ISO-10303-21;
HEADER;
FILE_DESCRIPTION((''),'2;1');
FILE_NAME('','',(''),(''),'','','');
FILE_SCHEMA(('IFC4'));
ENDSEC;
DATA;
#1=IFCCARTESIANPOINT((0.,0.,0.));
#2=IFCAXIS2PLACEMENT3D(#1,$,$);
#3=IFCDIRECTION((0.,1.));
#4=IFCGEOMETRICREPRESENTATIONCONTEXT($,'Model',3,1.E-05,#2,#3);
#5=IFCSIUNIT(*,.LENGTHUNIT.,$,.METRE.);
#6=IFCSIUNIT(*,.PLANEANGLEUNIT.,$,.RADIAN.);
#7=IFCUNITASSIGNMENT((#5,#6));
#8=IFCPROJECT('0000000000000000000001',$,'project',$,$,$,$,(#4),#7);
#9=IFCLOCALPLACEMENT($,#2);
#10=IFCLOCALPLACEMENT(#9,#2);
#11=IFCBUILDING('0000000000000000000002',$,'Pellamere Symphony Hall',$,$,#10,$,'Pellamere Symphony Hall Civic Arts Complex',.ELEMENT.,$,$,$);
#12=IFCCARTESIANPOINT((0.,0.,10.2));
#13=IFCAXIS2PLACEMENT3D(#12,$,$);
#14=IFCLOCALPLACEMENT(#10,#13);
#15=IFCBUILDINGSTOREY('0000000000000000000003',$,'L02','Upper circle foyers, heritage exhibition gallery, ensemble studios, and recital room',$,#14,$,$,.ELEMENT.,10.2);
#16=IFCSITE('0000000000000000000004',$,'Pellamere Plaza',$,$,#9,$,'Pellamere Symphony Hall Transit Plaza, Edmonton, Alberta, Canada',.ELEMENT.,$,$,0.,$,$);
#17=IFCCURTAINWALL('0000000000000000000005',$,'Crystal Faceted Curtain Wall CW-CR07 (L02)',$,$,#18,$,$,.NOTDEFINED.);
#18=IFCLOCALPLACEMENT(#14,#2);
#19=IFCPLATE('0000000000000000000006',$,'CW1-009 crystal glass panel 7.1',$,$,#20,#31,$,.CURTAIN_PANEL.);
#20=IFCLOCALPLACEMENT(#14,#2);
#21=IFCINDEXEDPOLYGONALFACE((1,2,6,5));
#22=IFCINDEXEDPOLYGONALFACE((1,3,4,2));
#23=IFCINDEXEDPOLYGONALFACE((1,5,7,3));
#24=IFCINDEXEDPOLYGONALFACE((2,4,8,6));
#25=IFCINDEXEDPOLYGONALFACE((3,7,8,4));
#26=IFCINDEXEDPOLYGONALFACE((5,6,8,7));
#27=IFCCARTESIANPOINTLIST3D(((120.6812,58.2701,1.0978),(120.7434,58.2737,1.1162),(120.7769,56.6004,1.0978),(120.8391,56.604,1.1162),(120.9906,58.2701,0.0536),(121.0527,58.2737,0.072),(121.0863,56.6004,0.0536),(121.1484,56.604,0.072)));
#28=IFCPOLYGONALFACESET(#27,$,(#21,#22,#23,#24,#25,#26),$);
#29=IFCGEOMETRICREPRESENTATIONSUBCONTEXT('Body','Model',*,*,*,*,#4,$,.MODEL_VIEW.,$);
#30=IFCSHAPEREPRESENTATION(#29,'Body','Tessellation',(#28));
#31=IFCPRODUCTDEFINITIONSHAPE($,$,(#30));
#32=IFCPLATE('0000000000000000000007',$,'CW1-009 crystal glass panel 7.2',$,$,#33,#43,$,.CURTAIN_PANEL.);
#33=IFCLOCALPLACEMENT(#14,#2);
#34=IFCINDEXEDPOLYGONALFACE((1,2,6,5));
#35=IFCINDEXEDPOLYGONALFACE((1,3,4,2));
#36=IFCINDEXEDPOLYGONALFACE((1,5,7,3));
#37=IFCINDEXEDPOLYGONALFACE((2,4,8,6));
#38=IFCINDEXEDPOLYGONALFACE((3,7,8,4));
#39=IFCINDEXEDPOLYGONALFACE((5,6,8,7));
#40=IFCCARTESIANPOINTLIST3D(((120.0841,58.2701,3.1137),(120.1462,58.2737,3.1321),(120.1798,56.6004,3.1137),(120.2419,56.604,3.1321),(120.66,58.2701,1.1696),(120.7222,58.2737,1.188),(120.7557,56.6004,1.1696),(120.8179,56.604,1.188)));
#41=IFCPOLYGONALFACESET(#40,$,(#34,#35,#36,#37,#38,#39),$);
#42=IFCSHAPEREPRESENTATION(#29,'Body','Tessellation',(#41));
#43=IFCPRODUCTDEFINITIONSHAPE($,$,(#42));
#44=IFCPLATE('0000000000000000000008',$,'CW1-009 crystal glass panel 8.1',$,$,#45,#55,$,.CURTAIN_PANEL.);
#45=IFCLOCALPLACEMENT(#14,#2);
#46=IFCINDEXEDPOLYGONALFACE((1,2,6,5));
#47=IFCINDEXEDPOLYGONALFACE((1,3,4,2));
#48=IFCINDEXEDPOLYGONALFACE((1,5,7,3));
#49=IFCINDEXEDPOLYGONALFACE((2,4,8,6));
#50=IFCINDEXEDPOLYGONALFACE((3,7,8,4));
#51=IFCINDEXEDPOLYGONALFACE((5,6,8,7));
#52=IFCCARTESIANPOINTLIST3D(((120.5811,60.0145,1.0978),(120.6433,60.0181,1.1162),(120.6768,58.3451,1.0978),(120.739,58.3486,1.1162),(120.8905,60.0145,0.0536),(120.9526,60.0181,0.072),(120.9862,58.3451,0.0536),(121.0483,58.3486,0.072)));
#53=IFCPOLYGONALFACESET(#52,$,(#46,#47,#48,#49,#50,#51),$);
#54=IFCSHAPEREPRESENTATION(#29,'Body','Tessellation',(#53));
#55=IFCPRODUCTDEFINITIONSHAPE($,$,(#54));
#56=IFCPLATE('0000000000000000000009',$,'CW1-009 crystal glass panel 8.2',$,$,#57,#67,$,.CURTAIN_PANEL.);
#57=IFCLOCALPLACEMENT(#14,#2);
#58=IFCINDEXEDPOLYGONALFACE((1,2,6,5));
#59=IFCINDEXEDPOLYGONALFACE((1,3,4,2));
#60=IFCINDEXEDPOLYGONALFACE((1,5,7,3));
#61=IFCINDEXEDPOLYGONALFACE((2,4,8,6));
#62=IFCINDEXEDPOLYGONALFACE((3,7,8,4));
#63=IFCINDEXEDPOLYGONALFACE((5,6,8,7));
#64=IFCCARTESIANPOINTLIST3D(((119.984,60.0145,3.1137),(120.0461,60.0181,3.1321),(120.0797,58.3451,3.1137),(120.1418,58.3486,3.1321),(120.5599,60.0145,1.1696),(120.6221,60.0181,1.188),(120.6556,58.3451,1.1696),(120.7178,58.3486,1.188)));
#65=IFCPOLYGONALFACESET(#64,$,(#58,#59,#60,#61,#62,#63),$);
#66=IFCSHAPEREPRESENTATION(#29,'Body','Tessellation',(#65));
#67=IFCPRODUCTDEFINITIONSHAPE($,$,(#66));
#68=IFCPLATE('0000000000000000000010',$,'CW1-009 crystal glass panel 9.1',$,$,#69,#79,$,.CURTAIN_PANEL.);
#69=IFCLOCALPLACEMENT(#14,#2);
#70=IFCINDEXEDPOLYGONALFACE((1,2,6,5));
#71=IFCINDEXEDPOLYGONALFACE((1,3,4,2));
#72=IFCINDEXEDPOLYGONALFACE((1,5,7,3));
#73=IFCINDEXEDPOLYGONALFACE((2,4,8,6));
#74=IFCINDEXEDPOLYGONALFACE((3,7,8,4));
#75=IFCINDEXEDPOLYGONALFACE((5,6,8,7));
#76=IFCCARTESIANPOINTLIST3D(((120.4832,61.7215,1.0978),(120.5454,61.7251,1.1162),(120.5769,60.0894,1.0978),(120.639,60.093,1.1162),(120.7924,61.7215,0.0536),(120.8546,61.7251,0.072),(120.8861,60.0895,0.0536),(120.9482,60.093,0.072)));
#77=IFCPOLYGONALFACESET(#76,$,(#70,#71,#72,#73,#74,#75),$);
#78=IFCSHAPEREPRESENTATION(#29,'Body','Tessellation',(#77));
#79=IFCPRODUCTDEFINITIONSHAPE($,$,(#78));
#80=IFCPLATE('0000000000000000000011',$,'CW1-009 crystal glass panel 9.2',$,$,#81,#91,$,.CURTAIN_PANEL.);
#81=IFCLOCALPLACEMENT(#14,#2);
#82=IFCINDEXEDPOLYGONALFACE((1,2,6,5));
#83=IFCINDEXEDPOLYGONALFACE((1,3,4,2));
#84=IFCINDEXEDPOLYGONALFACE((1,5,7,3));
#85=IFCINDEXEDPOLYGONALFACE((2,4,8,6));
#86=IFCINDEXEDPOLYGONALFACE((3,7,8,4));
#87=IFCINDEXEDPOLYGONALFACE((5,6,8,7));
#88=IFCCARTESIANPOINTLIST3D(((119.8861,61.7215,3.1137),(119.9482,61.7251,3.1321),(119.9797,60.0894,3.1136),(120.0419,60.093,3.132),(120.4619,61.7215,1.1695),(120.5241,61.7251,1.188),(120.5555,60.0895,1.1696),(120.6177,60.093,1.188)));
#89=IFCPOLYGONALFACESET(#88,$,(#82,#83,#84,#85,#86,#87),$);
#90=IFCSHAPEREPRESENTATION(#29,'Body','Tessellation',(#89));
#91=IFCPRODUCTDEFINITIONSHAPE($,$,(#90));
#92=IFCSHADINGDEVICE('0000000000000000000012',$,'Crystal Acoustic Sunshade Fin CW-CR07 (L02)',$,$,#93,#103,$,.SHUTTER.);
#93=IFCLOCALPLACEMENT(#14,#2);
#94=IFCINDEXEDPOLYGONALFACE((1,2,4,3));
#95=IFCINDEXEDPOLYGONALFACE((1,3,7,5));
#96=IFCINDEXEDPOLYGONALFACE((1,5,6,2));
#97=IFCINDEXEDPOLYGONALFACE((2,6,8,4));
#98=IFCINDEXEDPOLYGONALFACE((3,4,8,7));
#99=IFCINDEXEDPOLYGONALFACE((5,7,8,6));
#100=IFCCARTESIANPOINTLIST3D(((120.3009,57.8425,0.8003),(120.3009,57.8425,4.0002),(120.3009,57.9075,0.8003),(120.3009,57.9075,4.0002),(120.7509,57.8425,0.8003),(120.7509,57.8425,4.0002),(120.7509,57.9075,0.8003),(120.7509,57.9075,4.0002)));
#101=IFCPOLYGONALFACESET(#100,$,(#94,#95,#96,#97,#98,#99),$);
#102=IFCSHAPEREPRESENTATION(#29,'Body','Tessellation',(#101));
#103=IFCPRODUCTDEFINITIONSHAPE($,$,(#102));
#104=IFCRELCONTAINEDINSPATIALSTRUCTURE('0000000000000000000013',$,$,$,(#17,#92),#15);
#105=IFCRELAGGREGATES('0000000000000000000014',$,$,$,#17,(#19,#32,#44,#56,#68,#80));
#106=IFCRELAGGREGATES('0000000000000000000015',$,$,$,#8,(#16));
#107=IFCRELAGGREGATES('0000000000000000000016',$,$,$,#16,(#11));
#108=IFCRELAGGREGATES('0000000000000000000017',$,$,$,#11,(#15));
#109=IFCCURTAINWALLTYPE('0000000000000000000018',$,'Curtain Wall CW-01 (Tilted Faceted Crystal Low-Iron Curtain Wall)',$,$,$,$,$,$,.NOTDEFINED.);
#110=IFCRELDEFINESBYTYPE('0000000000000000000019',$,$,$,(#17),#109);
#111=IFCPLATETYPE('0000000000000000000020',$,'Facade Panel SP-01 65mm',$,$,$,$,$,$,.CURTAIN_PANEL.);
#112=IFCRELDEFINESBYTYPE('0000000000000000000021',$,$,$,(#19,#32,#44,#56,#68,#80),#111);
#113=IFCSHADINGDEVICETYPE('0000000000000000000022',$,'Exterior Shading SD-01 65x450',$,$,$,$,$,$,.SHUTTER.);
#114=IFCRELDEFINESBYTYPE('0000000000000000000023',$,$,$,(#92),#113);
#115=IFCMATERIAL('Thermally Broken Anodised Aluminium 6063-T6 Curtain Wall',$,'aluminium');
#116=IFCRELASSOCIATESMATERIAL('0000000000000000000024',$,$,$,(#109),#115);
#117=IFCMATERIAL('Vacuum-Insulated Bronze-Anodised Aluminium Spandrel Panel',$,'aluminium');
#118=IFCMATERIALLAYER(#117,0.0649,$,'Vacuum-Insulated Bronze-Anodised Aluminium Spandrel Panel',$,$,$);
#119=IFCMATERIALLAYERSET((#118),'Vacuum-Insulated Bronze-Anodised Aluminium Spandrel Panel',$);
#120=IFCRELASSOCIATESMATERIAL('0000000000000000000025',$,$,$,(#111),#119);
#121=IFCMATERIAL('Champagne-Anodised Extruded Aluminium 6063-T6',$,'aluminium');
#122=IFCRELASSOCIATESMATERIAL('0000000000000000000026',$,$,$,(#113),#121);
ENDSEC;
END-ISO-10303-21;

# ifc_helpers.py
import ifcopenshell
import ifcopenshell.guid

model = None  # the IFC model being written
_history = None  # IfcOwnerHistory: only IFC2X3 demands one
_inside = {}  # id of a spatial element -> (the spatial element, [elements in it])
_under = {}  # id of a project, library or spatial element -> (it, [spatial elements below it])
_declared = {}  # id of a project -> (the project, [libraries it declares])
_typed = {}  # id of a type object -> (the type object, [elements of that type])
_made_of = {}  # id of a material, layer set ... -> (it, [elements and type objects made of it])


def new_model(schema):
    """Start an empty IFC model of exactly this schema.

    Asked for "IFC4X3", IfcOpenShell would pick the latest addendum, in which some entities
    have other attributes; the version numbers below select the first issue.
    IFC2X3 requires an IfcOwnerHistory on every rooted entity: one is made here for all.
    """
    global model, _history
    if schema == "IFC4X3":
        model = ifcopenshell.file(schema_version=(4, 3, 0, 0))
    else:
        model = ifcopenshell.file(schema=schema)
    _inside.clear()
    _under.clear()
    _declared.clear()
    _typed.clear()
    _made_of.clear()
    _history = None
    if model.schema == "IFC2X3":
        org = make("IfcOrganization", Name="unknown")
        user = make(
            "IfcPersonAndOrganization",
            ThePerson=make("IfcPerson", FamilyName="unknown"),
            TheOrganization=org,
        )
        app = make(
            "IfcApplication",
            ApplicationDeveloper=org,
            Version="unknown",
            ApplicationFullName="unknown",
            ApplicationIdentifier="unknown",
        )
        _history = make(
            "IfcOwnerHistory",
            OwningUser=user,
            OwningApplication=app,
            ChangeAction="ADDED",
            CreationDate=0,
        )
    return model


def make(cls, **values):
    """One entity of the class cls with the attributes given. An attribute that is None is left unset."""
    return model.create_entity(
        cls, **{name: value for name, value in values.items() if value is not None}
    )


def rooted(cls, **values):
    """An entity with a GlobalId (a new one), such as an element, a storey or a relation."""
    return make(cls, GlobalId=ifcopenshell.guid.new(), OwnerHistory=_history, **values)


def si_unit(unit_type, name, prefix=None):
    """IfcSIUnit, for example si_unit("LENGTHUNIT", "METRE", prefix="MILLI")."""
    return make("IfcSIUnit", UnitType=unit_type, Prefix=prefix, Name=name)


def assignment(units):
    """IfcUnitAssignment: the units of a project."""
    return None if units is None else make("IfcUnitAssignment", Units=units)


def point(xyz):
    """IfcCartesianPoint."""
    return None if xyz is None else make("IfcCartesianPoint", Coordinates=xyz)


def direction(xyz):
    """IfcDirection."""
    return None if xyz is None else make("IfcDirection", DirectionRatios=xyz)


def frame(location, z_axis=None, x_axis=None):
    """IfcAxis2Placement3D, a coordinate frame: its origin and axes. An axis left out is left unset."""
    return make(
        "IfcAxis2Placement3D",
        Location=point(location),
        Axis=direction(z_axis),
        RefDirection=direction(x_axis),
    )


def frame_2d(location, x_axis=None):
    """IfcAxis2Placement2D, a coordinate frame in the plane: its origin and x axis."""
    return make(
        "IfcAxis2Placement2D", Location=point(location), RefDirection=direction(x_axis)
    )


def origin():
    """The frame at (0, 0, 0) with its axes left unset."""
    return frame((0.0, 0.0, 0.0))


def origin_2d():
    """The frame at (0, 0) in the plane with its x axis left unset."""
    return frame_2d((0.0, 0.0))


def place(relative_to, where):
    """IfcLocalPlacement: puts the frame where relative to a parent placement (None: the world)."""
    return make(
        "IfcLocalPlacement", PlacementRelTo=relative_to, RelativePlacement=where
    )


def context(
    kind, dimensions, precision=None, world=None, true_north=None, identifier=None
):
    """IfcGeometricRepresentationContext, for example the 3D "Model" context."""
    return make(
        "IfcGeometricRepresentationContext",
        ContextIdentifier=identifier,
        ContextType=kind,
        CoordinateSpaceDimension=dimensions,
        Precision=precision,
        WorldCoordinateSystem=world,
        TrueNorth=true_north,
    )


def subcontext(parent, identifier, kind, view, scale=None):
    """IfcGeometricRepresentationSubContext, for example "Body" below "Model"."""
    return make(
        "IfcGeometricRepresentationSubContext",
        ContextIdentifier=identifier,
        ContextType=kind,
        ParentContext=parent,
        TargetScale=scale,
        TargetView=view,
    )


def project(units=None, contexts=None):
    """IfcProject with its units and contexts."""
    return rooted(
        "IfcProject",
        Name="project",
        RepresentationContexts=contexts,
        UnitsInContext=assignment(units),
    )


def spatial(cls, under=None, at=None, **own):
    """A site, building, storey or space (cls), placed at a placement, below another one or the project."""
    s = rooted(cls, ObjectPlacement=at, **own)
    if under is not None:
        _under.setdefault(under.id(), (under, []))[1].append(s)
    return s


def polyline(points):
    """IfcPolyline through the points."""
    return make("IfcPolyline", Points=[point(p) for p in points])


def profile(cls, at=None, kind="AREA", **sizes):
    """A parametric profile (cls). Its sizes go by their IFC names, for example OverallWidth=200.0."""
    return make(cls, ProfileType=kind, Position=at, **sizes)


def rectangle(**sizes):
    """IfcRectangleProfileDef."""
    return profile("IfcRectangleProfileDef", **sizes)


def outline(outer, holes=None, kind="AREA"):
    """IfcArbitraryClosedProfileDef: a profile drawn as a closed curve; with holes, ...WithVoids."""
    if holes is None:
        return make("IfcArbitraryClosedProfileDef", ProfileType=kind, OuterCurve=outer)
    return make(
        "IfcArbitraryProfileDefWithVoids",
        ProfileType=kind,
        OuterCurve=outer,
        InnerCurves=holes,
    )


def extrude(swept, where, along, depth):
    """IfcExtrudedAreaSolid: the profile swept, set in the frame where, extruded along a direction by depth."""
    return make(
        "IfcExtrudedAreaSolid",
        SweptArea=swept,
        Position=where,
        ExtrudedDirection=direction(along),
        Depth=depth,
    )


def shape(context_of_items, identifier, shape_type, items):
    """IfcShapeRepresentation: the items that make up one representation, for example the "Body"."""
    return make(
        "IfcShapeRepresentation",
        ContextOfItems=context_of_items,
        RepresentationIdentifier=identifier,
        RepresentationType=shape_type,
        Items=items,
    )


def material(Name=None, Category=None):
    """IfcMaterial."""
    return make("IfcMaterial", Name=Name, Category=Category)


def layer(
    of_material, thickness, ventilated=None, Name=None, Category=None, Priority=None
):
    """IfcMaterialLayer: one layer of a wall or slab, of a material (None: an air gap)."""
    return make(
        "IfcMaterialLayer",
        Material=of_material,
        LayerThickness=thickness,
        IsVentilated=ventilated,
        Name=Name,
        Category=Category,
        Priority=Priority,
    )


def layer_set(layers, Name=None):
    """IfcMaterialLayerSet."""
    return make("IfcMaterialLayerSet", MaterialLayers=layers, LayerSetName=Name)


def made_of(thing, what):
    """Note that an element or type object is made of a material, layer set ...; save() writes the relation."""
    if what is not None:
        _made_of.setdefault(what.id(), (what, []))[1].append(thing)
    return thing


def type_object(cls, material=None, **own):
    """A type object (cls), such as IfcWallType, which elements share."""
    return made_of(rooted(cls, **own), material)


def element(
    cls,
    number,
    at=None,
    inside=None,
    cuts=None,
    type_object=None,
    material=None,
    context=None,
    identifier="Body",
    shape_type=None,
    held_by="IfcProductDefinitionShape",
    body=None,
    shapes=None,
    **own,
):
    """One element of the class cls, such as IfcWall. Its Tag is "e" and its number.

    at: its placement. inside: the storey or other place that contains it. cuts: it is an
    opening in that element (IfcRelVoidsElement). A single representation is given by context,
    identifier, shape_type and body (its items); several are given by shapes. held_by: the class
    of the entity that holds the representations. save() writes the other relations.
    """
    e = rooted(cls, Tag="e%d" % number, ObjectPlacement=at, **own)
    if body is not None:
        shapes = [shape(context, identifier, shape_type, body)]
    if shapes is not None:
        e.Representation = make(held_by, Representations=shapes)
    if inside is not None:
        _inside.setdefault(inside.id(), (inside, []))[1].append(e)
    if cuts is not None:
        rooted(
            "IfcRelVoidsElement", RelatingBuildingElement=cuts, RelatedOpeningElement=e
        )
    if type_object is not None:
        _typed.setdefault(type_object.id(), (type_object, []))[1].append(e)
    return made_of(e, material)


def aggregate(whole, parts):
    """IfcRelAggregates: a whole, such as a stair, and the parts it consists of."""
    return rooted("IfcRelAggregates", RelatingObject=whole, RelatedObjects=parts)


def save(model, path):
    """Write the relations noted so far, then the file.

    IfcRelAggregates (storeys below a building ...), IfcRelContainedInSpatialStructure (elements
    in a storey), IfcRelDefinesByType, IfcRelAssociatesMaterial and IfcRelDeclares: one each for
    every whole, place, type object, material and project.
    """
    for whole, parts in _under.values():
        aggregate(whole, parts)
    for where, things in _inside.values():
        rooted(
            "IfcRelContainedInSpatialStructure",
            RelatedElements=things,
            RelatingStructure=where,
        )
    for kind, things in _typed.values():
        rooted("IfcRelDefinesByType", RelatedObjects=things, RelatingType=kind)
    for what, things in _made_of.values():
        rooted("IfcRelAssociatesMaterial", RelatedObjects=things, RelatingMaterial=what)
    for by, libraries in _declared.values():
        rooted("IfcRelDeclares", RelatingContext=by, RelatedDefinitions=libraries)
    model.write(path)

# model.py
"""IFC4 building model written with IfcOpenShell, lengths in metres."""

from ifc_helpers import new_model, si_unit, direction, frame, origin, origin_2d, place, context, subcontext, project, spatial, polyline, rectangle, outline, extrude, material, layer, layer_set, type_object, element, aggregate, save


model = new_model("IFC4")

# Units and contexts
model_context = context("Model", 3, precision=1e-05, world=origin(), true_north=direction((0.0, 1.0)))
body_context = subcontext(model_context, "Body", "Model", "MODEL_VIEW")
ifc_project = project(units=[si_unit("LENGTHUNIT", "METRE"), si_unit("PLANEANGLEUNIT", "RADIAN")], contexts=[model_context])

# Site, building, storey
site_placement = place(None, origin())
site = spatial("IfcSite", under=ifc_project, at=site_placement, Name="Pellamere Plaza", LongName="Pellamere Symphony Hall Transit Plaza, Edmonton, Alberta, Canada", CompositionType="ELEMENT", RefElevation=0.0)
building_placement = place(site_placement, origin())
building = spatial("IfcBuilding", under=site, at=building_placement, Name="Pellamere Symphony Hall", LongName="Pellamere Symphony Hall Civic Arts Complex", CompositionType="ELEMENT")
storey_placement = place(building_placement, frame((0.0, 0.0, 10.2)))
storey = spatial("IfcBuildingStorey", under=building, at=storey_placement, Name="L02", Description="Upper circle foyers, heritage exhibition gallery, ensemble studios, and recital room", CompositionType="ELEMENT", Elevation=10.2)

# Curtain wall
ifc_material_1 = material(Name="Thermally Broken Anodised Aluminium 6063-T6 Curtain Wall", Category="aluminium")
curtain_wall_type_1 = type_object("IfcCurtainWallType", Name="Curtain Wall CW-01 (Tilted Faceted Crystal Low-Iron Curtain Wall)", PredefinedType="NOTDEFINED", material=ifc_material_1)
curtain_wall_1_placement = place(storey_placement, origin())
curtain_wall_1 = element("IfcCurtainWall", 1, at=curtain_wall_1_placement, inside=storey, type_object=curtain_wall_type_1, Name="Crystal Faceted Curtain Wall CW-CR07 (L02)", PredefinedType="NOTDEFINED")

# Plates
ifc_material_2 = material(Name="Vacuum-Insulated Bronze-Anodised Aluminium Spandrel Panel", Category="aluminium")
ifc_layer_1 = layer(ifc_material_2, 0.0649, Name="Vacuum-Insulated Bronze-Anodised Aluminium Spandrel Panel")
ifc_layer_set_1 = layer_set([ifc_layer_1], Name="Vacuum-Insulated Bronze-Anodised Aluminium Spandrel Panel")
plate_type_1 = type_object("IfcPlateType", Name="Facade Panel SP-01 65mm", PredefinedType="CURTAIN_PANEL", material=ifc_layer_set_1)
plate_1_placement = place(storey_placement, frame((121.1484, 56.604, 0.072), z_axis=(0.957369, 0.054875, 0.283607), x_axis=(-0.057224, 0.998361, 0.0)))
plate_1 = element("IfcPlate", 2, at=plate_1_placement, type_object=plate_type_1, Name="CW1-009 crystal glass panel 7.1", PredefinedType="CURTAIN_PANEL", context=body_context, shape_type="SweptSolid", body=[
    extrude(outline(polyline([(0.0, 0.0), (1.6724, 0.0), (1.6901, 1.0889), (0.0177, 1.0889), (0.0, 0.0)])), origin(), (0.0, 0.0, -1.0), 0.0649),
])
plate_2_placement = place(storey_placement, frame((120.8179, 56.604, 1.188), z_axis=(0.957367, 0.054875, 0.283615), x_axis=(-0.057224, 0.998361, 0.0)))
plate_2 = element("IfcPlate", 3, at=plate_2_placement, type_object=plate_type_1, Name="CW1-009 crystal glass panel 7.2", PredefinedType="CURTAIN_PANEL", context=body_context, shape_type="SweptSolid", body=[
    extrude(outline(polyline([(0.0, 0.0), (1.6724, 0.0), (1.7054, 2.0273), (0.033, 2.0273), (0.0, 0.0)])), origin(), (0.0, 0.0, -1.0), 0.0649),
])
plate_3_placement = place(storey_placement, frame((121.0483, 58.3486, 0.072), z_axis=(0.957369, 0.054883, 0.283607), x_axis=(-0.057233, 0.998361, 0.0)))
plate_3 = element("IfcPlate", 4, at=plate_3_placement, type_object=plate_type_1, Name="CW1-009 crystal glass panel 8.1", PredefinedType="CURTAIN_PANEL", context=body_context, shape_type="SweptSolid", body=[
    extrude(outline(polyline([(0.0, 0.0), (1.6722, 0.0), (1.6899, 1.0889), (0.0177, 1.0889), (0.0, 0.0)])), origin(), (0.0, 0.0, -1.0), 0.0649),
])
plate_4_placement = place(storey_placement, frame((120.7178, 58.3486, 1.188), z_axis=(0.957366, 0.054883, 0.283615), x_axis=(-0.057233, 0.998361, 0.0)))
plate_4 = element("IfcPlate", 5, at=plate_4_placement, type_object=plate_type_1, Name="CW1-009 crystal glass panel 8.2", PredefinedType="CURTAIN_PANEL", context=body_context, shape_type="SweptSolid", body=[
    extrude(outline(polyline([(0.0, 0.0), (1.6722, 0.0), (1.7051, 2.0273), (0.033, 2.0273), (0.0, 0.0)])), origin(), (0.0, 0.0, -1.0), 0.0649),
])
plate_5_placement = place(storey_placement, frame((120.9482, 60.093, 0.072), z_axis=(0.957397, 0.054923, 0.283503), x_axis=(-0.057267, 0.998359, -0.00002)))
plate_5 = element("IfcPlate", 6, at=plate_5_placement, type_object=plate_type_1, Name="CW1-009 crystal glass panel 9.1", PredefinedType="CURTAIN_PANEL", context=body_context, shape_type="SweptSolid", body=[
    extrude(outline(polyline([(0.0, 0.0), (1.6348, 0.0), (1.6524, 1.0889), (0.0177, 1.0888), (0.0, 0.0)])), origin(), (0.0, 0.0, -1.0), 0.0649),
])
plate_6_placement = place(storey_placement, frame((120.6177, 60.093, 1.188), z_axis=(0.957381, 0.054922, 0.283559), x_axis=(-0.057267, 0.998359, -0.00002)))
plate_6 = element("IfcPlate", 7, at=plate_6_placement, type_object=plate_type_1, Name="CW1-009 crystal glass panel 9.2", PredefinedType="CURTAIN_PANEL", context=body_context, shape_type="SweptSolid", body=[
    extrude(outline(polyline([(0.0, 0.0), (1.6348, 0.0), (1.6677, 2.0273), (0.0329, 2.0273), (0.0, 0.0)])), origin(), (0.0, 0.0, -1.0), 0.0649),
])
aggregate(curtain_wall_1, [plate_1, plate_2, plate_3, plate_4, plate_5, plate_6])

# Shading device
ifc_material_3 = material(Name="Champagne-Anodised Extruded Aluminium 6063-T6", Category="aluminium")
shading_device_type = type_object("IfcShadingDeviceType", Name="Exterior Shading SD-01 65x450", PredefinedType="SHUTTER", material=ifc_material_3)
shading_device_placement = place(storey_placement, frame((120.5259, 57.875, 0.8003), z_axis=(0.0, 0.0, 1.0), x_axis=(0.0, 1.0, 0.0)))
element("IfcShadingDevice", 8, at=shading_device_placement, inside=storey, type_object=shading_device_type, Name="Crystal Acoustic Sunshade Fin CW-CR07 (L02)", PredefinedType="SHUTTER", context=body_context, shape_type="SweptSolid", body=[
    extrude(rectangle(XDim=0.0649, YDim=0.45, at=origin_2d()), origin(), (0.0, 0.0, 1.0), 3.2),
])

save(model, "model.ifc")
